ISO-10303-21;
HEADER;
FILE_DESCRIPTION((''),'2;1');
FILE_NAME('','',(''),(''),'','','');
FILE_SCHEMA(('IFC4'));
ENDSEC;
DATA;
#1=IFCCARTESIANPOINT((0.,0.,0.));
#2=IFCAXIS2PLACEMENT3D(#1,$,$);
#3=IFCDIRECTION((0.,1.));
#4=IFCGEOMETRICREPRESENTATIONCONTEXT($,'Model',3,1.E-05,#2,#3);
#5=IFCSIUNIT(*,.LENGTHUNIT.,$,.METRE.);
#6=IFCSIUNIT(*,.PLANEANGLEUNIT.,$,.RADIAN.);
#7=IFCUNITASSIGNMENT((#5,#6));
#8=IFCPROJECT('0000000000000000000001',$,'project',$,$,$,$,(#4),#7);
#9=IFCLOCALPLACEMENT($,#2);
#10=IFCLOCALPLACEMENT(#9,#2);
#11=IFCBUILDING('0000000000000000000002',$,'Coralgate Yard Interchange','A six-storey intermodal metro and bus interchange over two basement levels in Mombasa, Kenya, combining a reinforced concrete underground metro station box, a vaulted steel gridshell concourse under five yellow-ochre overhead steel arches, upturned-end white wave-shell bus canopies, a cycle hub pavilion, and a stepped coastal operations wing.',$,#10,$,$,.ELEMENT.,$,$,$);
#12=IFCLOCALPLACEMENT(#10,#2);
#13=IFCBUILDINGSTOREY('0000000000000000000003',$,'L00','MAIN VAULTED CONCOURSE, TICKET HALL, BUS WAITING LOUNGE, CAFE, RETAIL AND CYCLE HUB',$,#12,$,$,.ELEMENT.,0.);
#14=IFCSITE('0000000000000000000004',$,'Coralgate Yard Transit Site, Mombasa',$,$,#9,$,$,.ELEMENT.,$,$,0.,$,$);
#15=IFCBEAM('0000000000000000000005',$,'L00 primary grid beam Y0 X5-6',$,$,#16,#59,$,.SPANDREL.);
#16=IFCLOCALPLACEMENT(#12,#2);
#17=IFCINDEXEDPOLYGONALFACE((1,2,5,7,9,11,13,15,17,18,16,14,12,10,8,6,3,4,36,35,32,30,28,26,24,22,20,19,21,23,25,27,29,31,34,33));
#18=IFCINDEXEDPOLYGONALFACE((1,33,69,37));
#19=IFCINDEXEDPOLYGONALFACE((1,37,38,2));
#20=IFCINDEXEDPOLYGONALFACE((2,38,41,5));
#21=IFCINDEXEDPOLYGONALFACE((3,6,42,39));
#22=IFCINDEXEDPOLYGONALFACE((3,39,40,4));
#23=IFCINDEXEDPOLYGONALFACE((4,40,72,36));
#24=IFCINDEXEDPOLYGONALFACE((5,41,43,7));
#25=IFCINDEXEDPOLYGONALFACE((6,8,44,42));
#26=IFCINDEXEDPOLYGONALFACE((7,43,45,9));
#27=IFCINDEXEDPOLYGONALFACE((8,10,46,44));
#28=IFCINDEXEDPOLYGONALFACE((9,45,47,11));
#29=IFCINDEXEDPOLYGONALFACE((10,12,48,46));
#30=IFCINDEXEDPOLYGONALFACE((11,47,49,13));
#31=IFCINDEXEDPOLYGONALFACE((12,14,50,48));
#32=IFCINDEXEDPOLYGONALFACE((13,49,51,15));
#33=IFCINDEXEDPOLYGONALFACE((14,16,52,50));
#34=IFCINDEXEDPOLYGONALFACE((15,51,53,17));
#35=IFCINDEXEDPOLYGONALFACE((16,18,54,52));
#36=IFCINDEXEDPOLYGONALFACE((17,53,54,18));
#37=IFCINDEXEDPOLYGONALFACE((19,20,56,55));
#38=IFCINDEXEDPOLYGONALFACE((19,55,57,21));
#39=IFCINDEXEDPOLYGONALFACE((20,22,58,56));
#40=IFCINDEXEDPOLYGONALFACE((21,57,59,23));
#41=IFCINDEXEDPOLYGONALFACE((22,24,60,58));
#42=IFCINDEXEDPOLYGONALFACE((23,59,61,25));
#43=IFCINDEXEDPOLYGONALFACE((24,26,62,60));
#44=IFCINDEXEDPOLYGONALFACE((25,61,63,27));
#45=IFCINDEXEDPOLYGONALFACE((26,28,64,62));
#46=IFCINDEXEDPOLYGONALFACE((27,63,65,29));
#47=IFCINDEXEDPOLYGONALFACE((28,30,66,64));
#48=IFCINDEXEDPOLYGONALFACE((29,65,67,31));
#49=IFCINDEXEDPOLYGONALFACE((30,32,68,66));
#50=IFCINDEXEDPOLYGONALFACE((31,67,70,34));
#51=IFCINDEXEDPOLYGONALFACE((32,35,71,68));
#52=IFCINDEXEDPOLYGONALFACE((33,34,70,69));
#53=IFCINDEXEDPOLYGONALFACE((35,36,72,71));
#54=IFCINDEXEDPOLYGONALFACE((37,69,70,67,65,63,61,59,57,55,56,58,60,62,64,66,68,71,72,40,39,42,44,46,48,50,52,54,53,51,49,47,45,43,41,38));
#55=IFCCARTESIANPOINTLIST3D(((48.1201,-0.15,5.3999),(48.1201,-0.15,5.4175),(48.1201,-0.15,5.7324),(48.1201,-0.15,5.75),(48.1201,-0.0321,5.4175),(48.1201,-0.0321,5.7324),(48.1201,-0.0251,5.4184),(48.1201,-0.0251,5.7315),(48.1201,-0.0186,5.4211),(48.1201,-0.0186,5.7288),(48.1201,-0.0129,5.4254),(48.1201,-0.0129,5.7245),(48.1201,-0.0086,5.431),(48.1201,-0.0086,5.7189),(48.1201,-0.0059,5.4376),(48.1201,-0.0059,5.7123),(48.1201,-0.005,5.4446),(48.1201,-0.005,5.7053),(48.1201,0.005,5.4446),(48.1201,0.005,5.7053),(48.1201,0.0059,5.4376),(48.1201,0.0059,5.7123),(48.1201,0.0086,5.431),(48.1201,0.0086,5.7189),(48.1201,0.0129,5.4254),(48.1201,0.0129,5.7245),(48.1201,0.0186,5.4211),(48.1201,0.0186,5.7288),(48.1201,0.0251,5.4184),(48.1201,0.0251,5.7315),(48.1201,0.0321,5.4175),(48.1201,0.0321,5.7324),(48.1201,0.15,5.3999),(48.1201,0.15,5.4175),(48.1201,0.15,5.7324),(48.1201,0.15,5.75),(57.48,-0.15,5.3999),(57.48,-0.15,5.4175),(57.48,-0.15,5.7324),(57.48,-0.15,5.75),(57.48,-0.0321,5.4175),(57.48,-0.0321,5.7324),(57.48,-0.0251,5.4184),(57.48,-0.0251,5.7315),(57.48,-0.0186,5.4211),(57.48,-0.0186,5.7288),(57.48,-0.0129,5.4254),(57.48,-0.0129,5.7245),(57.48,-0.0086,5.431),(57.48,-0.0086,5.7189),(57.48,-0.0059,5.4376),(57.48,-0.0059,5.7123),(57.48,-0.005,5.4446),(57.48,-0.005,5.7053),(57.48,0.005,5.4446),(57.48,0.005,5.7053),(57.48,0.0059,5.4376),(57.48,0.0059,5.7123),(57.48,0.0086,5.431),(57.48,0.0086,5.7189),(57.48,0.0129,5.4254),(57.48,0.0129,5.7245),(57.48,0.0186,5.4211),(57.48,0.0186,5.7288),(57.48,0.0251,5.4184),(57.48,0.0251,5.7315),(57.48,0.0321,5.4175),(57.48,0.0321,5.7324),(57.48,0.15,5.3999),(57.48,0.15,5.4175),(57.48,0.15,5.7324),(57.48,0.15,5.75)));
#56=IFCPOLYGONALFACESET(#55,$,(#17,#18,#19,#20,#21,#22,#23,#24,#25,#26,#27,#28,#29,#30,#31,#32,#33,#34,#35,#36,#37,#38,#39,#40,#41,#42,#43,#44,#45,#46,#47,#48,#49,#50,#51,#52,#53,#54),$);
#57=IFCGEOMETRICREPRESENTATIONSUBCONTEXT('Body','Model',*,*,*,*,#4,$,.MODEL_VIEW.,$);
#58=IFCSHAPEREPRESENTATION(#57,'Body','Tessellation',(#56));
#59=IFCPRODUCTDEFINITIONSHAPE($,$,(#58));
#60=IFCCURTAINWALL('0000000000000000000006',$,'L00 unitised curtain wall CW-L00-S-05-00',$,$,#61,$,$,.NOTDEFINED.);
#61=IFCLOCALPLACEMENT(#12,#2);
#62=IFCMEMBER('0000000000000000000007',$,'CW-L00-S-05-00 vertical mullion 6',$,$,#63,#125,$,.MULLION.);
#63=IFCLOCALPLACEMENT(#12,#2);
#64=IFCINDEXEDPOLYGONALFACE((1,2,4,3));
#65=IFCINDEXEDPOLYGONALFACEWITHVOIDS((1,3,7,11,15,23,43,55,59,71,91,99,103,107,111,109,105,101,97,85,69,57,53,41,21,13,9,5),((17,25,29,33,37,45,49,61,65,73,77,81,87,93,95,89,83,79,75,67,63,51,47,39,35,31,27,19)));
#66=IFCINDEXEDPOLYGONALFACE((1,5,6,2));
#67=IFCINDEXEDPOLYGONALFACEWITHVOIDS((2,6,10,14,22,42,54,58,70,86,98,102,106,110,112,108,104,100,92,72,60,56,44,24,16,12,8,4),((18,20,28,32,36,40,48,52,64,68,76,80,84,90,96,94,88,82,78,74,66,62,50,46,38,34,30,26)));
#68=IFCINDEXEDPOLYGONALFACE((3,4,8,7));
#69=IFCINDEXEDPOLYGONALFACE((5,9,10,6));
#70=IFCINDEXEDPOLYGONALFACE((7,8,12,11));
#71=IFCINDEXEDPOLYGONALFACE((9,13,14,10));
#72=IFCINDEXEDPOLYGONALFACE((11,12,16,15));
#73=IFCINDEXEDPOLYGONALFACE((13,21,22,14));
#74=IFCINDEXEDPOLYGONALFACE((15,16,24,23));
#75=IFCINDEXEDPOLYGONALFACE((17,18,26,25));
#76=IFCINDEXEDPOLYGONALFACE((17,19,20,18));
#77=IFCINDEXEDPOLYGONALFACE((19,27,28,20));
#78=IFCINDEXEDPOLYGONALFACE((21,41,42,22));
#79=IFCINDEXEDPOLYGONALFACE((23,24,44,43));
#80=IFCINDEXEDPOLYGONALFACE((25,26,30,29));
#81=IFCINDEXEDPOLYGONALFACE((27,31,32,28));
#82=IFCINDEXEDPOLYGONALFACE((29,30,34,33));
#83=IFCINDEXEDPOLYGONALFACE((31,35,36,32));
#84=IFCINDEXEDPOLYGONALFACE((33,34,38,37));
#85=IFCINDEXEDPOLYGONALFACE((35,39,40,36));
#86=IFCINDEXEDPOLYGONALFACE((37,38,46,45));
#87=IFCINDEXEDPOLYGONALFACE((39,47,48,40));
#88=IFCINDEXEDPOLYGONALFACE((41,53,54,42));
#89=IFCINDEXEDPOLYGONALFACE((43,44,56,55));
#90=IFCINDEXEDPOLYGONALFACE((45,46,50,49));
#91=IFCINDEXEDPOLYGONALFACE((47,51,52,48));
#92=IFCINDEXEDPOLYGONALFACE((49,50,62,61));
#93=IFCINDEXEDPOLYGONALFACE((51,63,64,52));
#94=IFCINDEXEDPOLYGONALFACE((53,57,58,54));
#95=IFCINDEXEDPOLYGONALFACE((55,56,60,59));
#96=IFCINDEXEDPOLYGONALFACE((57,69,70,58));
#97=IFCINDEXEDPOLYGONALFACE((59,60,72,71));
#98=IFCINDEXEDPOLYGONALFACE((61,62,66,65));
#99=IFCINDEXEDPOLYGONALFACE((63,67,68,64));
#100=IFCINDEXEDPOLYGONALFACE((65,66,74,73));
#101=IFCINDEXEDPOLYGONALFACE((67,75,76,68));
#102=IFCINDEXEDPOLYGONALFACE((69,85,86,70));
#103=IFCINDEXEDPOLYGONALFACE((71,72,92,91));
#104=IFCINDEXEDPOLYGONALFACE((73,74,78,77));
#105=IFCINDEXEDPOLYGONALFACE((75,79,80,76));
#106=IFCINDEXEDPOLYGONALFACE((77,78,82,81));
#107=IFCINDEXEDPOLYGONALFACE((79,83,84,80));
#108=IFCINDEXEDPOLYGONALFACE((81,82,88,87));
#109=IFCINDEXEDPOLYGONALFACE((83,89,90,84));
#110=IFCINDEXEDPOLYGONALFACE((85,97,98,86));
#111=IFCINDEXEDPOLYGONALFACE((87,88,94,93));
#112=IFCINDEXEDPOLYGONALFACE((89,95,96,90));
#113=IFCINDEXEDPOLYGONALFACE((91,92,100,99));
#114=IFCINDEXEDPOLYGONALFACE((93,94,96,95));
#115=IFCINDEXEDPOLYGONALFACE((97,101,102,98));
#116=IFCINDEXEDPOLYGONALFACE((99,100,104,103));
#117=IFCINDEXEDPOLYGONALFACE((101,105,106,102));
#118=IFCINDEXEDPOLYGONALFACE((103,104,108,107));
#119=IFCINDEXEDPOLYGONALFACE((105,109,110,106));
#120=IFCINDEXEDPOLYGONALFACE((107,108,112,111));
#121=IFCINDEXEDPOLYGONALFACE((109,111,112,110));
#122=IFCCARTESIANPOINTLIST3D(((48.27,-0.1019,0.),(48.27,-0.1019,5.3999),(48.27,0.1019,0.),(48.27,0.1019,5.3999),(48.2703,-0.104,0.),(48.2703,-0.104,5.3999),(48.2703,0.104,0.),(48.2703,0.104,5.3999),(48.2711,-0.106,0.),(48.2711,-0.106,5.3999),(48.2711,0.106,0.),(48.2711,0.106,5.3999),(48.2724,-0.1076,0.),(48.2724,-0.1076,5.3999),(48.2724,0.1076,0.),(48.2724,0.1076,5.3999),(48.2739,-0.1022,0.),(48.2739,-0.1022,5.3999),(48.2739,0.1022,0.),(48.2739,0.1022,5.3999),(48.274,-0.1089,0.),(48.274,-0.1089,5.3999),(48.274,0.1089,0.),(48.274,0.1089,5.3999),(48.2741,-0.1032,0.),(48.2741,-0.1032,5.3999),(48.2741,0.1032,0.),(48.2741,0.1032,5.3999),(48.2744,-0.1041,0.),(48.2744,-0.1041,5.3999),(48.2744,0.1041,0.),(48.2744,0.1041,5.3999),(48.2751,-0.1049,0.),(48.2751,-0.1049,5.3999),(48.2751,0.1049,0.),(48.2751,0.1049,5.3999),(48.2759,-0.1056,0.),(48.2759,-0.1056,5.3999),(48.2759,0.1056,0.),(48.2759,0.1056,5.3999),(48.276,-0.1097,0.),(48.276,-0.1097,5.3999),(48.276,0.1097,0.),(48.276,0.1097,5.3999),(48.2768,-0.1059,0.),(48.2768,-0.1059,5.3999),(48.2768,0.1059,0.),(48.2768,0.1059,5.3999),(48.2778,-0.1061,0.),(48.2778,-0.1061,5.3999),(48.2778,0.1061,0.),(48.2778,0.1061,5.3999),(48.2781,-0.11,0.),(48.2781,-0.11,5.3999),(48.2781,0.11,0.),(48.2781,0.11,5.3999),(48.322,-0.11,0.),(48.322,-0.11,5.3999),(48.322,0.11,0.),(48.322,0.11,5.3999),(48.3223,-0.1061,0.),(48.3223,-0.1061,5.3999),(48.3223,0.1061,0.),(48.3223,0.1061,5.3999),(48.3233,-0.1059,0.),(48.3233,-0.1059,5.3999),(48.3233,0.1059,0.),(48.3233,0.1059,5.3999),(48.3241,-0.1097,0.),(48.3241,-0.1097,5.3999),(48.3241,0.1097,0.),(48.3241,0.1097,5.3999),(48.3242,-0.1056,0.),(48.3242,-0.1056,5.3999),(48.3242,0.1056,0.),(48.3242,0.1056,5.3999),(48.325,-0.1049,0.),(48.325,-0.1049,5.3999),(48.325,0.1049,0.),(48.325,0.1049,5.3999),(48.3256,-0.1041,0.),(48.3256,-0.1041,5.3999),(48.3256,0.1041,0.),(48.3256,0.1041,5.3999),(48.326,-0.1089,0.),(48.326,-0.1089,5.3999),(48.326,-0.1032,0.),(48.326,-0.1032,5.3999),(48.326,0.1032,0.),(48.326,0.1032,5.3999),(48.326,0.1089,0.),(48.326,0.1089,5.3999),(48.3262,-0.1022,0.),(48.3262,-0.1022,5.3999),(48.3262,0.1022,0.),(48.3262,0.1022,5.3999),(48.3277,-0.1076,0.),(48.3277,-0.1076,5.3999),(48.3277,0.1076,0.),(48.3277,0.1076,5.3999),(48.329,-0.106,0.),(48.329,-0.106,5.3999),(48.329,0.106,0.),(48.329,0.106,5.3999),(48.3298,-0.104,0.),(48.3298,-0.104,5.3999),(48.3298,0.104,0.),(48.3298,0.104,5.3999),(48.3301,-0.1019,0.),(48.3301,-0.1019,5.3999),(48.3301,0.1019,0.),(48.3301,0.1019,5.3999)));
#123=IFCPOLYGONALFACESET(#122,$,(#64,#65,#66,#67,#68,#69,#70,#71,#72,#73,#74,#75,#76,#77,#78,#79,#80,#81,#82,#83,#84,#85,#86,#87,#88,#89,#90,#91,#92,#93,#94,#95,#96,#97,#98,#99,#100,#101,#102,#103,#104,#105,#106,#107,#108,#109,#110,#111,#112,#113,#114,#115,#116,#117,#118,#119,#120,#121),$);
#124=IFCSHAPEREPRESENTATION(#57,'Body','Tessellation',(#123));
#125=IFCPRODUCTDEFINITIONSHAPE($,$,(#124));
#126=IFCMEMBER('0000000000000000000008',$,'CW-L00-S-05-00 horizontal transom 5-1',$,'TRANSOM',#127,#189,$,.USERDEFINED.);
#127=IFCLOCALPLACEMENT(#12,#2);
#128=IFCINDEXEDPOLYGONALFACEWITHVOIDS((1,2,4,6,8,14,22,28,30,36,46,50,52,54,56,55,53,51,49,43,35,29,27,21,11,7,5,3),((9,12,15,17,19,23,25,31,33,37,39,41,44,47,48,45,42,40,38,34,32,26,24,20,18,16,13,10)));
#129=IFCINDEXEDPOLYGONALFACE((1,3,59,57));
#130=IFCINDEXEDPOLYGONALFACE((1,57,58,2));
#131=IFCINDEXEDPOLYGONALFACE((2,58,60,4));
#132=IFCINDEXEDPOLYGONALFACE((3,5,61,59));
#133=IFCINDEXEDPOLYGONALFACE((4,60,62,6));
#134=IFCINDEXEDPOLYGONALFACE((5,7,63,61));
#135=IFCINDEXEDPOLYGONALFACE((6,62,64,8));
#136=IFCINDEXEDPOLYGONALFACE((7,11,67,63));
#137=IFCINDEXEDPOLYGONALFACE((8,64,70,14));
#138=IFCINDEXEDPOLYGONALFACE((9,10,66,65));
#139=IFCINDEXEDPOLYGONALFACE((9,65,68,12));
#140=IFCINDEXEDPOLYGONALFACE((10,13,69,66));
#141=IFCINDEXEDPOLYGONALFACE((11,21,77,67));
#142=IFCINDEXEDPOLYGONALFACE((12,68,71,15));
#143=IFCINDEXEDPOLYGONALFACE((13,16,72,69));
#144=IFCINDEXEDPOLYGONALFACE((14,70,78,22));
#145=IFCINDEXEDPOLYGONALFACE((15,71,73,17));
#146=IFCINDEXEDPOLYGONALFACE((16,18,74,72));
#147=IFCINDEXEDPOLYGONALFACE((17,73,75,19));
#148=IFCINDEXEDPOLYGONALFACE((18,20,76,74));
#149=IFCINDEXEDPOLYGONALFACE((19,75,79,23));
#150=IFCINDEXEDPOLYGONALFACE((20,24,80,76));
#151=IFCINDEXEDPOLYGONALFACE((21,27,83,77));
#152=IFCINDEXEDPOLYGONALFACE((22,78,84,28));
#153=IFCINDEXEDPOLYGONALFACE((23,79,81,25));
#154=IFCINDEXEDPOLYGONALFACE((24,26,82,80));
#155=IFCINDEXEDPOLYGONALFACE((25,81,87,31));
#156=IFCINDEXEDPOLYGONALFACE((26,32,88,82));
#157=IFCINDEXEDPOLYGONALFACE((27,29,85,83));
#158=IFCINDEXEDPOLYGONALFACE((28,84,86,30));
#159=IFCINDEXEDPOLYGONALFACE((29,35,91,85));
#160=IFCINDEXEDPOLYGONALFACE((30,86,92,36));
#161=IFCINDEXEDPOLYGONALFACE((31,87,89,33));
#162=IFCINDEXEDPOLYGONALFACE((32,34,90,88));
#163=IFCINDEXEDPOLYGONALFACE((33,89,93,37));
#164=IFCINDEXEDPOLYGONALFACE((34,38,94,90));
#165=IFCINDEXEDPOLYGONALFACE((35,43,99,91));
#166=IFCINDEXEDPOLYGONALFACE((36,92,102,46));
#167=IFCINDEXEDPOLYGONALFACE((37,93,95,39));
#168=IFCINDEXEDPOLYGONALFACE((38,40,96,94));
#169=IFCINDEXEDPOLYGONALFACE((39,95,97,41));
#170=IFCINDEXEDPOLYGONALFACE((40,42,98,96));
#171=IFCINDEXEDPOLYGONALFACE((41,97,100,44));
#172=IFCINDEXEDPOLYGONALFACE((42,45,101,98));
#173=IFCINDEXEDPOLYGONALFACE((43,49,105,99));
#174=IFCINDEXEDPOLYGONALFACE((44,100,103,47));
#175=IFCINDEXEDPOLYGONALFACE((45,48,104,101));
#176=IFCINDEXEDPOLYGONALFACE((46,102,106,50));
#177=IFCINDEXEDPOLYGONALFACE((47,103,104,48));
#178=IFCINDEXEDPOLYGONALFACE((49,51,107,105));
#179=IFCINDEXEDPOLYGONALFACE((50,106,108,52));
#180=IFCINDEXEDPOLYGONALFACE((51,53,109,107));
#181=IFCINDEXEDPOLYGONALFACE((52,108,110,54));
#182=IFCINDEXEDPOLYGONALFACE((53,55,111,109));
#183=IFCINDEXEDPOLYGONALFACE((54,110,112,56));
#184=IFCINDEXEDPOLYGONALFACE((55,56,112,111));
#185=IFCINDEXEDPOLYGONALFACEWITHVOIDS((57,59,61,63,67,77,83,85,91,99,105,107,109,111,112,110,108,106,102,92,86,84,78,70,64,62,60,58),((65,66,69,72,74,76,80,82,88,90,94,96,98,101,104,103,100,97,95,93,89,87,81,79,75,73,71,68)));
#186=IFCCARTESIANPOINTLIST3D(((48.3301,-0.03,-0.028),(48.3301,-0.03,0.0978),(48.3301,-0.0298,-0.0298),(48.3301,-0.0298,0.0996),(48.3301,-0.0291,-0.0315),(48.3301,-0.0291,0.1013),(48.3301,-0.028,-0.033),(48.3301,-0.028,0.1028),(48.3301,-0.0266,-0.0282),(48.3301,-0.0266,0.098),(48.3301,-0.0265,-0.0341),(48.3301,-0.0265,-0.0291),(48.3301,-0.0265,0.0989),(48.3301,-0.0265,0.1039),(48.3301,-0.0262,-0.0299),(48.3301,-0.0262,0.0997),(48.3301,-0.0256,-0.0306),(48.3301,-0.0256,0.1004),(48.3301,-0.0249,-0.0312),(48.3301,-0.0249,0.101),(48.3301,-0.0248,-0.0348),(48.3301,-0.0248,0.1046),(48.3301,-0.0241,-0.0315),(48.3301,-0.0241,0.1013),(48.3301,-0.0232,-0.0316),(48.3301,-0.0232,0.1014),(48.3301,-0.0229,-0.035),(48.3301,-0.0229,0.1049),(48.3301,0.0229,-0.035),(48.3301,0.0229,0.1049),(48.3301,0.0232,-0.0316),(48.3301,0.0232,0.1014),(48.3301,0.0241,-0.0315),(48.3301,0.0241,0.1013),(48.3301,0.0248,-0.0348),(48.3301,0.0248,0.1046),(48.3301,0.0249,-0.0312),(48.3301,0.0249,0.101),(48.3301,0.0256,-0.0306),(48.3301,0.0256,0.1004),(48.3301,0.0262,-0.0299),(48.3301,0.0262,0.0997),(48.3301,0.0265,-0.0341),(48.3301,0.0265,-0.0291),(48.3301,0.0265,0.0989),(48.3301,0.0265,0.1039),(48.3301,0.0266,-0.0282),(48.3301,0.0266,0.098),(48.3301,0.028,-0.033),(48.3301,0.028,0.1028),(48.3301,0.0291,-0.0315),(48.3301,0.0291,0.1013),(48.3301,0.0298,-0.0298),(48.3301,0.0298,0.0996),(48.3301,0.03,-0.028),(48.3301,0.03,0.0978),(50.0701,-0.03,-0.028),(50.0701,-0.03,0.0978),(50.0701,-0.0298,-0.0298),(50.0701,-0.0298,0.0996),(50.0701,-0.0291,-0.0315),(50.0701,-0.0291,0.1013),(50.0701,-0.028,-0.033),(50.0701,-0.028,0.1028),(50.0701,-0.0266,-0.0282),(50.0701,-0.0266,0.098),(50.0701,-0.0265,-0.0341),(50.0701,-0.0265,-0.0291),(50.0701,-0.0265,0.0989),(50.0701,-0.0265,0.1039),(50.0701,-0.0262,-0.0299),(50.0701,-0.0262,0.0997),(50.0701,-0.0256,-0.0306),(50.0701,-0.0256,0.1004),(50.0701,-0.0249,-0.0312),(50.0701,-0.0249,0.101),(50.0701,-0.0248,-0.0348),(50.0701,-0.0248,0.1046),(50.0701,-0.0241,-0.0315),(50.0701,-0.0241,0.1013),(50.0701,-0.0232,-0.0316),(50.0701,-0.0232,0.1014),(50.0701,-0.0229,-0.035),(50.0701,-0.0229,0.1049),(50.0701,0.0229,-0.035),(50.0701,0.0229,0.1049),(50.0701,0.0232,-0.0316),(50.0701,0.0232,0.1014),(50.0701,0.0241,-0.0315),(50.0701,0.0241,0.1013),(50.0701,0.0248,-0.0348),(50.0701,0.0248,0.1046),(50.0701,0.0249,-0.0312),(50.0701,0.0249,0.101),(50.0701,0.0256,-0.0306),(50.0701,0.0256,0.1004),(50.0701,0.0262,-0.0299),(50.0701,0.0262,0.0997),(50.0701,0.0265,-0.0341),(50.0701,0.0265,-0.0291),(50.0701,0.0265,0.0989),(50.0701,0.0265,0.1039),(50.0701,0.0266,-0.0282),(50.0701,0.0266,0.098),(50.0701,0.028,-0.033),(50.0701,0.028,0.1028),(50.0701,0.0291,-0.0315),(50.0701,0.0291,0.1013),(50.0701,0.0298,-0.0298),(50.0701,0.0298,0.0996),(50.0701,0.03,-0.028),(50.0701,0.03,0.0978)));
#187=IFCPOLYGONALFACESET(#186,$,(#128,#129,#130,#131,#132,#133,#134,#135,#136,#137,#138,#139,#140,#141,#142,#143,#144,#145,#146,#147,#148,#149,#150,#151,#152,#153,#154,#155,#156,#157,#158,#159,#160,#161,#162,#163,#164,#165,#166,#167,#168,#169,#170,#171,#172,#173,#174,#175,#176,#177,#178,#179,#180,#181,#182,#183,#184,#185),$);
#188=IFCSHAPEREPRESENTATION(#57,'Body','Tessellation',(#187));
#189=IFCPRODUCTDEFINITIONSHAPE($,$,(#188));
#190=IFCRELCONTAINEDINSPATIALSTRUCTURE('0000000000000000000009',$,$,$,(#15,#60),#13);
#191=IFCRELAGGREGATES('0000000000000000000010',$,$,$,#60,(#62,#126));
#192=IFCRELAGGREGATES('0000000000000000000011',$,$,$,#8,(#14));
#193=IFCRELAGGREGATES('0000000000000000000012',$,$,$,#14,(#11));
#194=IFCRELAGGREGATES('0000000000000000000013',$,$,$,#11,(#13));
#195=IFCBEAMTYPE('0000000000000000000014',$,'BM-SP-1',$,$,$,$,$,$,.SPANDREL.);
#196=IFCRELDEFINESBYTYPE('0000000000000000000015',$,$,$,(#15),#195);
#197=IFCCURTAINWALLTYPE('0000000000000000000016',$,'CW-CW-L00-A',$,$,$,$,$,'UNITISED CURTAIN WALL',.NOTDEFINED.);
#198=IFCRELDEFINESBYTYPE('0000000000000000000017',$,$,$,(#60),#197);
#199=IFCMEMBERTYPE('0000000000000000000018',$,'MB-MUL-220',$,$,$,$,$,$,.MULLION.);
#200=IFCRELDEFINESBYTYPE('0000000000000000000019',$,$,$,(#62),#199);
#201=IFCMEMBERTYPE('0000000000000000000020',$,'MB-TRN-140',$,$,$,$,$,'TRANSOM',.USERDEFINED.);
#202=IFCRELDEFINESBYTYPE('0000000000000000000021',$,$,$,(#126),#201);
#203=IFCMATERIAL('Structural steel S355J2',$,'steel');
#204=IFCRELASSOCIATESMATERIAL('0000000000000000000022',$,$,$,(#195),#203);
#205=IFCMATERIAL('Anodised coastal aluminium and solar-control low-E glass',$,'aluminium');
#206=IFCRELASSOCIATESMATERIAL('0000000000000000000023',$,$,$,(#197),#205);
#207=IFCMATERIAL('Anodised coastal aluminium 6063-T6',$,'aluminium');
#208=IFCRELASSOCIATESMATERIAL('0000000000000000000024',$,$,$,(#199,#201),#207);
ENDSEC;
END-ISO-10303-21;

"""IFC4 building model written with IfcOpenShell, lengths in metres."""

from ifc_helpers import new_model, si_unit, direction, frame, origin, origin_2d, place, context, subcontext, project, spatial, hollow_rectangle, i_section, extrude, material, material_profile, profile_set, type_object, element, aggregate, save


model = new_model("IFC4")

# Units and contexts
model_context = context("Model", 3, precision=1e-05, world=origin(), true_north=direction((0.0, 1.0)))
body_context = subcontext(model_context, "Body", "Model", "MODEL_VIEW")
ifc_project = project(units=[si_unit("LENGTHUNIT", "METRE"), si_unit("PLANEANGLEUNIT", "RADIAN")], contexts=[model_context])

# Site, building, storey
site_placement = place(None, origin())
site = spatial("IfcSite", under=ifc_project, at=site_placement, Name="Coralgate Yard Transit Site, Mombasa", CompositionType="ELEMENT", RefElevation=0.0)
building_placement = place(site_placement, origin())
building = spatial("IfcBuilding", under=site, at=building_placement, Name="Coralgate Yard Interchange", Description="A six-storey intermodal metro and bus interchange over two basement levels in Mombasa, Kenya, combining a reinforced concrete underground metro station box, a vaulted steel gridshell concourse under five yellow-ochre overhead steel arches, upturned-end white wave-shell bus canopies, a cycle hub pavilion, and a stepped coastal operations wing.", CompositionType="ELEMENT")
storey_placement = place(building_placement, origin())
storey = spatial("IfcBuildingStorey", under=building, at=storey_placement, Name="L00", Description="MAIN VAULTED CONCOURSE, TICKET HALL, BUS WAITING LOUNGE, CAFE, RETAIL AND CYCLE HUB", CompositionType="ELEMENT", Elevation=0.0)

# Shared definitions
ifc_material_1 = material(Name="Structural steel S355J2", Category="steel")

# Beam
ifc_material_profile_1 = material_profile(ifc_material_1, i_section(OverallWidth=0.3, OverallDepth=0.3501, WebThickness=0.01, FlangeThickness=0.0176, FilletRadius=0.0271, at=origin_2d()), Name="HEA 360")
ifc_profile_set_1 = profile_set([ifc_material_profile_1], Name="Structural steel S355J2")
beam_type_1 = type_object("IfcBeamType", Name="BM-SP-1", PredefinedType="SPANDREL", material=ifc_profile_set_1)
for number, where, z_axis, x_axis, name in (
    (1, (48.1201, 0.0, 5.575), (1.0, 0.0, 0.0), (0.0, 1.0, 0.0), "L00 primary grid beam Y0 X5-6"),
):
    element("IfcBeam", number, at=place(storey_placement, frame(where, z_axis=z_axis, x_axis=x_axis)), inside=storey, type_object=beam_type_1, Name=name, PredefinedType="SPANDREL", context=body_context, shape_type="SweptSolid", body=[
        extrude(i_section(OverallWidth=0.3, OverallDepth=0.3501, WebThickness=0.01, FlangeThickness=0.0176, FilletRadius=0.0271, at=origin_2d()), origin(), (0.0, 0.0, 1.0), 9.3599),
    ])

# Curtain wall, members
ifc_material_2 = material(Name="Anodised coastal aluminium and solar-control low-E glass", Category="aluminium")
curtain_wall_type = type_object("IfcCurtainWallType", Name="CW-CW-L00-A", ElementType="UNITISED CURTAIN WALL", PredefinedType="NOTDEFINED", material=ifc_material_2)
curtain_wall_placement = place(storey_placement, origin())
curtain_wall = element("IfcCurtainWall", 2, at=curtain_wall_placement, inside=storey, type_object=curtain_wall_type, Name="L00 unitised curtain wall CW-L00-S-05-00", PredefinedType="NOTDEFINED")
ifc_material_3 = material(Name="Anodised coastal aluminium 6063-T6", Category="aluminium")
ifc_material_profile_2 = material_profile(ifc_material_3, hollow_rectangle(XDim=0.0601, YDim=0.22, WallThickness=0.0039, InnerFilletRadius=0.0039, OuterFilletRadius=0.0081, at=origin_2d()), Name="ALU 60x220x4")
ifc_profile_set_2 = profile_set([ifc_material_profile_2], Name="Anodised coastal aluminium 6063-T6")
member_type_1 = type_object("IfcMemberType", Name="MB-MUL-220", PredefinedType="MULLION", material=ifc_profile_set_2)
member_1_placement = place(storey_placement, frame((48.3, 0.0, 0.0), z_axis=(0.0, 0.0, 1.0), x_axis=(1.0, 0.0, 0.0)))
member_1 = element("IfcMember", 3, at=member_1_placement, type_object=member_type_1, Name="CW-L00-S-05-00 vertical mullion 6", PredefinedType="MULLION", context=body_context, shape_type="SweptSolid", body=[
    extrude(hollow_rectangle(XDim=0.0601, YDim=0.22, WallThickness=0.0039, InnerFilletRadius=0.0039, OuterFilletRadius=0.0081, at=origin_2d()), origin(), (0.0, 0.0, 1.0), 5.3999),
])
ifc_material_profile_3 = material_profile(ifc_material_3, hollow_rectangle(XDim=0.0601, YDim=0.1399, WallThickness=0.0034, InnerFilletRadius=0.0034, OuterFilletRadius=0.0071, at=origin_2d()), Name="ALU 60x140x3.5")
ifc_profile_set_3 = profile_set([ifc_material_profile_3], Name="Anodised coastal aluminium 6063-T6")
member_type_2 = type_object("IfcMemberType", Name="MB-TRN-140", ElementType="TRANSOM", PredefinedType="USERDEFINED", material=ifc_profile_set_3)
member_2_placement = place(storey_placement, frame((50.0701, 0.0, 0.0349), z_axis=(-1.0, 0.0, 0.0), x_axis=(0.0, -1.0, 0.0)))
member_2 = element("IfcMember", 4, at=member_2_placement, type_object=member_type_2, Name="CW-L00-S-05-00 horizontal transom 5-1", ObjectType="TRANSOM", PredefinedType="USERDEFINED", context=body_context, shape_type="SweptSolid", body=[
    extrude(hollow_rectangle(XDim=0.0601, YDim=0.1399, WallThickness=0.0034, InnerFilletRadius=0.0034, OuterFilletRadius=0.0071, at=origin_2d()), origin(), (0.0, 0.0, 1.0), 1.74),
])
aggregate(curtain_wall, [member_1, member_2])

save(model, "model.ifc")
